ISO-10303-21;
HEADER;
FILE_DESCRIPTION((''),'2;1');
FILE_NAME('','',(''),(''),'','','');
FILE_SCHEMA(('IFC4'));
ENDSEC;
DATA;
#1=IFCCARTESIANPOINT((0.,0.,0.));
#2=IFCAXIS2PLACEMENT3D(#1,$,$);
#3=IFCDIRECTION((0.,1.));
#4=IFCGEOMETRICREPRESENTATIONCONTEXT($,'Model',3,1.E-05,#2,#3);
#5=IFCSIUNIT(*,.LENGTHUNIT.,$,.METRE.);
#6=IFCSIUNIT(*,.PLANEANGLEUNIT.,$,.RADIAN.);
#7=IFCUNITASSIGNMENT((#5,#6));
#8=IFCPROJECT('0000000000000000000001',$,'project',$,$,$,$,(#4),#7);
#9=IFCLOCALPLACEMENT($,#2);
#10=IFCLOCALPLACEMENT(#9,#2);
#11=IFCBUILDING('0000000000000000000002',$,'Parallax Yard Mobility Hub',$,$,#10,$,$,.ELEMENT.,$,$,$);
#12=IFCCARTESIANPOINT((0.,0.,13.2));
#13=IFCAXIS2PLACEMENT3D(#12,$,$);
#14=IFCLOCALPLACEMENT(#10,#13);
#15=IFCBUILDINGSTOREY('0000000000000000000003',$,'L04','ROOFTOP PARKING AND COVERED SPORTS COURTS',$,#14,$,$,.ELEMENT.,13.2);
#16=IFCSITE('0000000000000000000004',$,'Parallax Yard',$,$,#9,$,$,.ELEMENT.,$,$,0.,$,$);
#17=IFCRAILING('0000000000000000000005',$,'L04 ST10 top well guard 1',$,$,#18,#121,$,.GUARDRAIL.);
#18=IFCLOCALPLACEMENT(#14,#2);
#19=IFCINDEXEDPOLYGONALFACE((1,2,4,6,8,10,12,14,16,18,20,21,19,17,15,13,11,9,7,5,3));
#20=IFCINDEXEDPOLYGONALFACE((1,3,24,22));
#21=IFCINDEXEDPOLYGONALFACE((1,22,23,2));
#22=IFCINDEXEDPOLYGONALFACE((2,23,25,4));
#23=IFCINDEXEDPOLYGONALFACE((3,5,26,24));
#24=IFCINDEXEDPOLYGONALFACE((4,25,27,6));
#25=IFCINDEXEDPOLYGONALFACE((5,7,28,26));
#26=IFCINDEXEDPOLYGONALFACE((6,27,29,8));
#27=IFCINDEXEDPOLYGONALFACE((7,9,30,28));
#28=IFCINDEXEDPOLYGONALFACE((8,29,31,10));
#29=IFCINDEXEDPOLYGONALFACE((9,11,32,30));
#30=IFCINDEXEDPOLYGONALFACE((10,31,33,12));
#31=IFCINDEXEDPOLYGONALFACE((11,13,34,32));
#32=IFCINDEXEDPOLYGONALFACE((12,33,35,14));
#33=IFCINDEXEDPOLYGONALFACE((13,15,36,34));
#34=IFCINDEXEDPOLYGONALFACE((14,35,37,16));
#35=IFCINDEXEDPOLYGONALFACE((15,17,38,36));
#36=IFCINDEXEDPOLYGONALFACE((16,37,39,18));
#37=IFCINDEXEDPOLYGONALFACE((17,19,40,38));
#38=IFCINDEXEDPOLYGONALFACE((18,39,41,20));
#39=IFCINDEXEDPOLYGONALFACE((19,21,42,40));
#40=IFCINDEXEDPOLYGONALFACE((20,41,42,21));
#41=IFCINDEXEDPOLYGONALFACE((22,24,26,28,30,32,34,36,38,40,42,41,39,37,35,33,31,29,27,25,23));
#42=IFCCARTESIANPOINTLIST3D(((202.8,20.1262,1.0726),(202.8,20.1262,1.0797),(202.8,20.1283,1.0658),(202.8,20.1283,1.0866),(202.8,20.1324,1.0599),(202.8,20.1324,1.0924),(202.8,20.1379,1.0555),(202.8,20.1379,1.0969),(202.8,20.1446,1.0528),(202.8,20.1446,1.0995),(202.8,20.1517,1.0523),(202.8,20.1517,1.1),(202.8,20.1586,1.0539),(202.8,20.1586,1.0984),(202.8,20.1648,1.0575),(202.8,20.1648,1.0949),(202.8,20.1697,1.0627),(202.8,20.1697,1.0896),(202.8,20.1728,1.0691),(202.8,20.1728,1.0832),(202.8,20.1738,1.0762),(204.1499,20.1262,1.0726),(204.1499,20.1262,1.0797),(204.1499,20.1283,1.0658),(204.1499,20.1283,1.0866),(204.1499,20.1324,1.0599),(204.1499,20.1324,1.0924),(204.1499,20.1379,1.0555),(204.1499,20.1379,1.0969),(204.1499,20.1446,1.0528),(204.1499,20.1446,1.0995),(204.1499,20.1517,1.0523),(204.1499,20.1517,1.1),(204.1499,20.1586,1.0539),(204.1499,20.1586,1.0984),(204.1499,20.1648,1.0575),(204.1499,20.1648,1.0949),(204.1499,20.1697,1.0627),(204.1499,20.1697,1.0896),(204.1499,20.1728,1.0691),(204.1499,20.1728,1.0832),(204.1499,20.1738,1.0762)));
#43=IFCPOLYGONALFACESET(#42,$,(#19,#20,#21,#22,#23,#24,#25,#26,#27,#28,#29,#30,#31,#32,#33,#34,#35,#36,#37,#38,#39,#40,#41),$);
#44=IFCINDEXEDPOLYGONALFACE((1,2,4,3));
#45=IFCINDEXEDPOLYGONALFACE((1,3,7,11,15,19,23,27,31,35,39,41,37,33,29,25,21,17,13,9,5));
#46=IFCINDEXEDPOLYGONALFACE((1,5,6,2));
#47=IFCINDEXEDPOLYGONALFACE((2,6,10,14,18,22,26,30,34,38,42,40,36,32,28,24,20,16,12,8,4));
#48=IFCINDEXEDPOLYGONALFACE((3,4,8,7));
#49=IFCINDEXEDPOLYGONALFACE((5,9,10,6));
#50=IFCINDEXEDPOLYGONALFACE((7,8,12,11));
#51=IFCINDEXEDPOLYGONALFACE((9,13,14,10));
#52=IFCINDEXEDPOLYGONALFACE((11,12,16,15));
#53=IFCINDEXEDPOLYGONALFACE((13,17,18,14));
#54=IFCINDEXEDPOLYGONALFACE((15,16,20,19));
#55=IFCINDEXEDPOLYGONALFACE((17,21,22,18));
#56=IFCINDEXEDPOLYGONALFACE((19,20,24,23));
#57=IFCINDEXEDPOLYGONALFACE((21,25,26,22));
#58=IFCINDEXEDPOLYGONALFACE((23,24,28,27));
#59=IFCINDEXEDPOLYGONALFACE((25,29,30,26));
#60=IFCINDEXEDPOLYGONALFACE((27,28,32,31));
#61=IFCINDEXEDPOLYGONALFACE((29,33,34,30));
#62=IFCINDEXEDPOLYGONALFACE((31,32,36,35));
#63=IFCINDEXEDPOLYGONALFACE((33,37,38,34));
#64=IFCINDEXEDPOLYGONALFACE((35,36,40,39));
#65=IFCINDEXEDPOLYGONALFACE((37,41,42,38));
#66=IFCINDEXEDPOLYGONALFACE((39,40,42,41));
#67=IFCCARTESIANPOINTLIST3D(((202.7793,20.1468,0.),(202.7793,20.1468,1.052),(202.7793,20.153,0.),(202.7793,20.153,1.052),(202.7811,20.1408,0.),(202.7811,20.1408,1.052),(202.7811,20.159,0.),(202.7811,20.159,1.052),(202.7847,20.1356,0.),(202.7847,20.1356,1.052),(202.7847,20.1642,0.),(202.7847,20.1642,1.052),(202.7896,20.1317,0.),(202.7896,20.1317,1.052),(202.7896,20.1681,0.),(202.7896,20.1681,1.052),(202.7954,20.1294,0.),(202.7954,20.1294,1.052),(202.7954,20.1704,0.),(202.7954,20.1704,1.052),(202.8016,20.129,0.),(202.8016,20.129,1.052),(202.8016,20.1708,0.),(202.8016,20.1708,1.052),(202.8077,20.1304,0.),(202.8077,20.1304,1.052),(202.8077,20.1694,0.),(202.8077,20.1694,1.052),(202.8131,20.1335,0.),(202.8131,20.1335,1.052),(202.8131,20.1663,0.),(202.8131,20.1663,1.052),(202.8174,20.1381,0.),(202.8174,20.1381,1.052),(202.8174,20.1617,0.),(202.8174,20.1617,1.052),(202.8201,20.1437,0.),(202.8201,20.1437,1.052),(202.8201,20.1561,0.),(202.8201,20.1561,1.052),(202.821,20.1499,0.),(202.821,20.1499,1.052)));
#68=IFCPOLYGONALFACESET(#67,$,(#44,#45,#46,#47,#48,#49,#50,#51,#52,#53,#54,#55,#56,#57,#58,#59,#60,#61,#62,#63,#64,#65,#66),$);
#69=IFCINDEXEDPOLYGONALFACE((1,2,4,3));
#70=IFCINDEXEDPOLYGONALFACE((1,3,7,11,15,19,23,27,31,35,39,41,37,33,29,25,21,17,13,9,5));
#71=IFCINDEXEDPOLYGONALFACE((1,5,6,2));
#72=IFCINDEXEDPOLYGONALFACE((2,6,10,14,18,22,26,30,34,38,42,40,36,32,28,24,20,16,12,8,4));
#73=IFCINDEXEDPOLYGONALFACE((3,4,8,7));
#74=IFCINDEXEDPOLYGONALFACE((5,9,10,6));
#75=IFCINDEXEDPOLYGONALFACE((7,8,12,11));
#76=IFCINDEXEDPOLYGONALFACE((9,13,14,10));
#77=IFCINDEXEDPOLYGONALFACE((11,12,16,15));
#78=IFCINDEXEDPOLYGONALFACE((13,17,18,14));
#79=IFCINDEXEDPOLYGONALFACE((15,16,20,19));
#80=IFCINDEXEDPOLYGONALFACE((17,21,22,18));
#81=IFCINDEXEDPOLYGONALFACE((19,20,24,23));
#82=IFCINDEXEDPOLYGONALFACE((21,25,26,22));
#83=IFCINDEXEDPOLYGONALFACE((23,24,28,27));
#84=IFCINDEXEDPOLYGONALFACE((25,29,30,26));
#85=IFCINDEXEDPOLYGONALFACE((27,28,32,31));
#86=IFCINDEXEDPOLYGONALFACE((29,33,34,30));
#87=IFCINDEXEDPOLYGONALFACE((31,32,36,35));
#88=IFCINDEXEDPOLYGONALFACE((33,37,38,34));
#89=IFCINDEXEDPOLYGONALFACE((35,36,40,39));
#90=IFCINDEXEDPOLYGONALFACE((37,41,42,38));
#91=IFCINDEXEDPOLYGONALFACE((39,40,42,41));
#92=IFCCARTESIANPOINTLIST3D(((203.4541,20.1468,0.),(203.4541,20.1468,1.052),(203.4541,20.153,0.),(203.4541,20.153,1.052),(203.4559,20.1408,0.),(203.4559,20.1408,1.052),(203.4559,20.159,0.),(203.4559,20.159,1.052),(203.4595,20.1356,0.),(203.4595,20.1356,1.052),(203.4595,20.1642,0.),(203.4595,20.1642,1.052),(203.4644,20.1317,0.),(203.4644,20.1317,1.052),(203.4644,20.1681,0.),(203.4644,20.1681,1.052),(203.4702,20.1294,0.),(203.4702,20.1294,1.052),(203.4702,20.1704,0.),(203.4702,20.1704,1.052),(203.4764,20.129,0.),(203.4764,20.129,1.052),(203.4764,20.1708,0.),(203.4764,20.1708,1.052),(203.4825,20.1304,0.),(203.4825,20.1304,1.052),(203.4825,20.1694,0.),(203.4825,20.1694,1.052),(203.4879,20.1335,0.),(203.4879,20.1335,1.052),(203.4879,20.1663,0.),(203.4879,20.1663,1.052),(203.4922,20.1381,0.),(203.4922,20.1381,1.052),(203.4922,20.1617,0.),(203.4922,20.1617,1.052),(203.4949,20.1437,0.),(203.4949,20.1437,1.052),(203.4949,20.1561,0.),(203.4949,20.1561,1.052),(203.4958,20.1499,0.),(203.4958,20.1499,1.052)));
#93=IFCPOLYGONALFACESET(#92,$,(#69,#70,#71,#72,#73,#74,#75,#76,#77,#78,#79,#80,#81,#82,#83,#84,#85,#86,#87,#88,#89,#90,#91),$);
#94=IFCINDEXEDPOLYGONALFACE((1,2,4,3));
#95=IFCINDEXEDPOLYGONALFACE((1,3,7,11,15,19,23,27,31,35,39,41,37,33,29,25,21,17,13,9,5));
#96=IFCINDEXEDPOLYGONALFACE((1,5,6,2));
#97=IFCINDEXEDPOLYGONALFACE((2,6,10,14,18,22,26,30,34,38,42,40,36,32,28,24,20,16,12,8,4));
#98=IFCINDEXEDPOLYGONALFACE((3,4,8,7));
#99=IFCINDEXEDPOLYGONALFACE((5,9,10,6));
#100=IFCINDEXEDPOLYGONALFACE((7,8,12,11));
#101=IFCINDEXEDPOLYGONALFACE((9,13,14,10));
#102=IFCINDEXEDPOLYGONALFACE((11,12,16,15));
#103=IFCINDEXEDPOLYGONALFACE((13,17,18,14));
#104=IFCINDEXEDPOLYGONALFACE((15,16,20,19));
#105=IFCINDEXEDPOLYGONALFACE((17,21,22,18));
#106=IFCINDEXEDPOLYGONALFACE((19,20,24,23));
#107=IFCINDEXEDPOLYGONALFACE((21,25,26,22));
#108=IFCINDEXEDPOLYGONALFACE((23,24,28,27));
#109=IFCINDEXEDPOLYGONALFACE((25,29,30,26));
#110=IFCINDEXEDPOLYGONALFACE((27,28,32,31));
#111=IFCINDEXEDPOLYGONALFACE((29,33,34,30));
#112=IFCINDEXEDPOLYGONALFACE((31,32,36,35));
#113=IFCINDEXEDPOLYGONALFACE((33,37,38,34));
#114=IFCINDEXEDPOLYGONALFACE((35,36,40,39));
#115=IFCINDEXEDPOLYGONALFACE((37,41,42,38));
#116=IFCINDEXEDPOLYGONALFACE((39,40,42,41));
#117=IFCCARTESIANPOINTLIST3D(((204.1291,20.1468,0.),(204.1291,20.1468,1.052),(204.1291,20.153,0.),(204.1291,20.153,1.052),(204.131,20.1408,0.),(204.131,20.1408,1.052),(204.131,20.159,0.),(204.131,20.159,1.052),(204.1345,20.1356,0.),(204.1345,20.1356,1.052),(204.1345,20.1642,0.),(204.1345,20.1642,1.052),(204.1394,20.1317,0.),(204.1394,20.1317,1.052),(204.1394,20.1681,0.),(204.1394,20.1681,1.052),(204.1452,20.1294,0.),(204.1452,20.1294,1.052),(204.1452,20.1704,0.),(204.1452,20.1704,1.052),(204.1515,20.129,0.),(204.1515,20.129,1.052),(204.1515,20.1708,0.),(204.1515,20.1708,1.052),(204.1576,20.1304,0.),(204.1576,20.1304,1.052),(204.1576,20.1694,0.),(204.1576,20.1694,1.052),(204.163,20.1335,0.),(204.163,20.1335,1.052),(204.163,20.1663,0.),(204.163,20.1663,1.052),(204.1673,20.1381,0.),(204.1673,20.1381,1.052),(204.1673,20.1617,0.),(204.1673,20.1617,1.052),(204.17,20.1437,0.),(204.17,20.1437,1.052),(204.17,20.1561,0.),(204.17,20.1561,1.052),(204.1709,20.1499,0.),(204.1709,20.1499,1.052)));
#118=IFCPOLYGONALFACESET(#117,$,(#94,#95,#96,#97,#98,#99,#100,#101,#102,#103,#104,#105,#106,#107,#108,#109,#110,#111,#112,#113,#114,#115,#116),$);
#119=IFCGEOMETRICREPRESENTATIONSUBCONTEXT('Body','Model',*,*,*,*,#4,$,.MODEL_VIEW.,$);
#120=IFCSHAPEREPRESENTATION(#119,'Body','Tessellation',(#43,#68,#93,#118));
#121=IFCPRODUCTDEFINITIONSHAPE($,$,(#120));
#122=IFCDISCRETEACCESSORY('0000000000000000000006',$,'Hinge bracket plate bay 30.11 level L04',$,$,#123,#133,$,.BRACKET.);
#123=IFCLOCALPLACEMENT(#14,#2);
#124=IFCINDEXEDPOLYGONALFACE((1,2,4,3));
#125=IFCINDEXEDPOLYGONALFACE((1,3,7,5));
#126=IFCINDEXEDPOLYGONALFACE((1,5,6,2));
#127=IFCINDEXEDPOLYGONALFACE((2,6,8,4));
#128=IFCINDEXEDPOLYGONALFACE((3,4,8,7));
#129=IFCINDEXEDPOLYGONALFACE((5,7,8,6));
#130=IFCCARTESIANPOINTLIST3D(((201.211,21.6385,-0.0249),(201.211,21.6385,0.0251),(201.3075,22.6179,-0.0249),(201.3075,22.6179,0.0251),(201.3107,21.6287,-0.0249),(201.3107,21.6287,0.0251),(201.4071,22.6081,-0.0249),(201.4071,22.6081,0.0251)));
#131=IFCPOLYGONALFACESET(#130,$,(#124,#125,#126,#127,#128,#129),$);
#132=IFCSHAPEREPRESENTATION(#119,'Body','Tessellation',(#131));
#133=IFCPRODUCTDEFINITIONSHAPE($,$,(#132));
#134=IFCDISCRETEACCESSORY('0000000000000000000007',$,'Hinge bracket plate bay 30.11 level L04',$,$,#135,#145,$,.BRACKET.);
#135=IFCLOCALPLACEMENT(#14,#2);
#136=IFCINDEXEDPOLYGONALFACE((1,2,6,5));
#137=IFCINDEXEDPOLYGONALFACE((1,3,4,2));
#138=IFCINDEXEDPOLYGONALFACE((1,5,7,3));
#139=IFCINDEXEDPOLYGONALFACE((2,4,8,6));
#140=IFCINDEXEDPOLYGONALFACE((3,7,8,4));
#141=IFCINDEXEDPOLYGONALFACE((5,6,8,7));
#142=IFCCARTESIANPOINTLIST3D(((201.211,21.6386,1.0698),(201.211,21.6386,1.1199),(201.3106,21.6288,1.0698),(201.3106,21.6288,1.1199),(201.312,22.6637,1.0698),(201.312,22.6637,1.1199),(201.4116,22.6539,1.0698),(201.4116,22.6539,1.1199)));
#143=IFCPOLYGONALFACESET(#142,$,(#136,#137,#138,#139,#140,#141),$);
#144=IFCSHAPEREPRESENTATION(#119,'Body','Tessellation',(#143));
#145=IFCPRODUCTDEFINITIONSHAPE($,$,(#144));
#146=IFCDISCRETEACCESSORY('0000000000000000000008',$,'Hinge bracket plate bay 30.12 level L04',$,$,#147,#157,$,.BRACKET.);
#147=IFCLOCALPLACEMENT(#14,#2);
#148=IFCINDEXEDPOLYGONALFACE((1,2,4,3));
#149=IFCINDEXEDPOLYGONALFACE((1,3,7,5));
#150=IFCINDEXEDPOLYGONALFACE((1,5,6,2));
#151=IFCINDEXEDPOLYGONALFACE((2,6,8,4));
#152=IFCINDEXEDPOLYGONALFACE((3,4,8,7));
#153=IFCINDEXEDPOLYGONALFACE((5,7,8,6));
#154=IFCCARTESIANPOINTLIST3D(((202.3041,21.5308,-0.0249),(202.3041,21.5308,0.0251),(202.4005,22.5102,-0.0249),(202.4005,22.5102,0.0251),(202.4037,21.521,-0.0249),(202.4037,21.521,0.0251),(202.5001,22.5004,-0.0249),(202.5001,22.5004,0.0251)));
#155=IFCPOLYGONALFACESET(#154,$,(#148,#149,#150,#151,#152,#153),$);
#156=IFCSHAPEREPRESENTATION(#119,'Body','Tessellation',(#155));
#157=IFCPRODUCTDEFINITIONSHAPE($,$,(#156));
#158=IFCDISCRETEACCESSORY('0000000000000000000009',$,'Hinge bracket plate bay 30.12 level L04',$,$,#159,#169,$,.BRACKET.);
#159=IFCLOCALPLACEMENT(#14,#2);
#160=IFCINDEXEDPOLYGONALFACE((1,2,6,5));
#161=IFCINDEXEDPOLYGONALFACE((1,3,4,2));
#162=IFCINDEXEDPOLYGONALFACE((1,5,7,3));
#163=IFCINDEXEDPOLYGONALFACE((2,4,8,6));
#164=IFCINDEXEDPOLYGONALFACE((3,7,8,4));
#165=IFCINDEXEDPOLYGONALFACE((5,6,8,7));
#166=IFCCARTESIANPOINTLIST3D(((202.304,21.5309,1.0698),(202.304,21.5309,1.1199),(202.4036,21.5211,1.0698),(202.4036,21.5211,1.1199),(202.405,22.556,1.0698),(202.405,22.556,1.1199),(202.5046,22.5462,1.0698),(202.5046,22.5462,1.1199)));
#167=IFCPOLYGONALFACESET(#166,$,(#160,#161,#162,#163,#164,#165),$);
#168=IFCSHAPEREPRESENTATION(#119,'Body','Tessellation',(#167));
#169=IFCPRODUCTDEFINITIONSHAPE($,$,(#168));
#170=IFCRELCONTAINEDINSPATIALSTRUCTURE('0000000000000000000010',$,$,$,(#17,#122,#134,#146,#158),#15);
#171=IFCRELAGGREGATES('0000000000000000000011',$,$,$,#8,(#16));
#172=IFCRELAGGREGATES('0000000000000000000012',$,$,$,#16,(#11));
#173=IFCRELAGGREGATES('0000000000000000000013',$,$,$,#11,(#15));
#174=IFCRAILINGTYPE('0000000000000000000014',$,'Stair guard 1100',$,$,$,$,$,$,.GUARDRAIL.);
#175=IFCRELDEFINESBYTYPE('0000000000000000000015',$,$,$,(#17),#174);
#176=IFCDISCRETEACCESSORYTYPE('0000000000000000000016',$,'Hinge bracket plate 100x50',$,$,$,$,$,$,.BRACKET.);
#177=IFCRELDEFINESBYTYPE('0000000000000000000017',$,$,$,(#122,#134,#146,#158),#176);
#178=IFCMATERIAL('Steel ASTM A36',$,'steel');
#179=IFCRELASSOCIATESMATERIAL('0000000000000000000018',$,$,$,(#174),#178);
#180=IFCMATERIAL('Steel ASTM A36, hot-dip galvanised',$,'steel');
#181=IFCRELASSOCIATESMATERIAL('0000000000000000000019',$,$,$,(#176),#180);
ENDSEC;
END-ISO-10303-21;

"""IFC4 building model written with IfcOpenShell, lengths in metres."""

from ifc_helpers import new_model, si_unit, direction, frame, origin, origin_2d, place, context, subcontext, project, spatial, rectangle, circle, extrude, material, type_object, element, save


model = new_model("IFC4")

# Units and contexts
model_context = context("Model", 3, precision=1e-05, world=origin(), true_north=direction((0.0, 1.0)))
body_context = subcontext(model_context, "Body", "Model", "MODEL_VIEW")
ifc_project = project(units=[si_unit("LENGTHUNIT", "METRE"), si_unit("PLANEANGLEUNIT", "RADIAN")], contexts=[model_context])

# Site, building, storey
site_placement = place(None, origin())
site = spatial("IfcSite", under=ifc_project, at=site_placement, Name="Parallax Yard", CompositionType="ELEMENT", RefElevation=0.0)
building_placement = place(site_placement, origin())
building = spatial("IfcBuilding", under=site, at=building_placement, Name="Parallax Yard Mobility Hub", CompositionType="ELEMENT")
storey_placement = place(building_placement, frame((0.0, 0.0, 13.2)))
storey = spatial("IfcBuildingStorey", under=building, at=storey_placement, Name="L04", Description="ROOFTOP PARKING AND COVERED SPORTS COURTS", CompositionType="ELEMENT", Elevation=13.2)

# Railing
ifc_material_1 = material(Name="Steel ASTM A36", Category="steel")
railing_type = type_object("IfcRailingType", Name="Stair guard 1100", PredefinedType="GUARDRAIL", material=ifc_material_1)
railing_placement = place(storey_placement, frame((202.8, 20.1499, 0.0)))
element("IfcRailing", 1, at=railing_placement, inside=storey, type_object=railing_type, Name="L04 ST10 top well guard 1", PredefinedType="GUARDRAIL", context=body_context, shape_type="SweptSolid", body=[
    extrude(circle(Radius=0.0239, at=origin_2d()), frame((0.0, 0.0, 1.0762), z_axis=(1.0, 0.0, 0.0), x_axis=(0.0, 1.0, 0.0)), (0.0, 0.0, 1.0), 1.3499),
    extrude(circle(Radius=0.021, at=origin_2d()), origin(), (0.0, 0.0, 1.0), 1.052),
    extrude(circle(Radius=0.021, at=origin_2d()), frame((0.6748, 0.0, 0.0)), (0.0, 0.0, 1.0), 1.052),
    extrude(circle(Radius=0.021, at=origin_2d()), frame((1.3499, 0.0, 0.0)), (0.0, 0.0, 1.0), 1.052),
])

# Discrete accessories
ifc_material_2 = material(Name="Steel ASTM A36, hot-dip galvanised", Category="steel")
discrete_accessory_type_1 = type_object("IfcDiscreteAccessoryType", Name="Hinge bracket plate 100x50", PredefinedType="BRACKET", material=ifc_material_2)
discrete_accessory_1_placement = place(storey_placement, frame((201.3091, 22.1233, -0.0249), z_axis=(0.0, 0.0, 1.0), x_axis=(-0.098017, -0.995185, 0.0)))
element("IfcDiscreteAccessory", 2, at=discrete_accessory_1_placement, inside=storey, type_object=discrete_accessory_type_1, Name="Hinge bracket plate bay 30.11 level L04", PredefinedType="BRACKET", context=body_context, shape_type="SweptSolid", body=[
    extrude(rectangle(XDim=0.9841, YDim=0.1001, at=origin_2d()), origin(), (0.0, 0.0, 1.0), 0.05),
])
discrete_accessory_2_placement = place(storey_placement, frame((201.3113, 22.1462, 1.0698), z_axis=(0.0, 0.0, 1.0), x_axis=(-0.098017, -0.995185, 0.0)))
element("IfcDiscreteAccessory", 3, at=discrete_accessory_2_placement, inside=storey, type_object=discrete_accessory_type_1, Name="Hinge bracket plate bay 30.11 level L04", PredefinedType="BRACKET", context=body_context, shape_type="SweptSolid", body=[
    extrude(rectangle(XDim=1.03, YDim=0.1001, at=origin_2d()), origin(), (0.0, 0.0, 1.0), 0.05),
])
discrete_accessory_3_placement = place(storey_placement, frame((202.4021, 22.0156, -0.0249), z_axis=(0.0, 0.0, 1.0), x_axis=(-0.098017, -0.995185, 0.0)))
element("IfcDiscreteAccessory", 4, at=discrete_accessory_3_placement, inside=storey, type_object=discrete_accessory_type_1, Name="Hinge bracket plate bay 30.12 level L04", PredefinedType="BRACKET", context=body_context, shape_type="SweptSolid", body=[
    extrude(rectangle(XDim=0.9841, YDim=0.1001, at=origin_2d()), origin(), (0.0, 0.0, 1.0), 0.05),
])
discrete_accessory_4_placement = place(storey_placement, frame((202.4043, 22.0386, 1.0698), z_axis=(0.0, 0.0, 1.0), x_axis=(-0.098017, -0.995185, 0.0)))
element("IfcDiscreteAccessory", 5, at=discrete_accessory_4_placement, inside=storey, type_object=discrete_accessory_type_1, Name="Hinge bracket plate bay 30.12 level L04", PredefinedType="BRACKET", context=body_context, shape_type="SweptSolid", body=[
    extrude(rectangle(XDim=1.03, YDim=0.1001, at=origin_2d()), origin(), (0.0, 0.0, 1.0), 0.05),
])

save(model, "model.ifc")
